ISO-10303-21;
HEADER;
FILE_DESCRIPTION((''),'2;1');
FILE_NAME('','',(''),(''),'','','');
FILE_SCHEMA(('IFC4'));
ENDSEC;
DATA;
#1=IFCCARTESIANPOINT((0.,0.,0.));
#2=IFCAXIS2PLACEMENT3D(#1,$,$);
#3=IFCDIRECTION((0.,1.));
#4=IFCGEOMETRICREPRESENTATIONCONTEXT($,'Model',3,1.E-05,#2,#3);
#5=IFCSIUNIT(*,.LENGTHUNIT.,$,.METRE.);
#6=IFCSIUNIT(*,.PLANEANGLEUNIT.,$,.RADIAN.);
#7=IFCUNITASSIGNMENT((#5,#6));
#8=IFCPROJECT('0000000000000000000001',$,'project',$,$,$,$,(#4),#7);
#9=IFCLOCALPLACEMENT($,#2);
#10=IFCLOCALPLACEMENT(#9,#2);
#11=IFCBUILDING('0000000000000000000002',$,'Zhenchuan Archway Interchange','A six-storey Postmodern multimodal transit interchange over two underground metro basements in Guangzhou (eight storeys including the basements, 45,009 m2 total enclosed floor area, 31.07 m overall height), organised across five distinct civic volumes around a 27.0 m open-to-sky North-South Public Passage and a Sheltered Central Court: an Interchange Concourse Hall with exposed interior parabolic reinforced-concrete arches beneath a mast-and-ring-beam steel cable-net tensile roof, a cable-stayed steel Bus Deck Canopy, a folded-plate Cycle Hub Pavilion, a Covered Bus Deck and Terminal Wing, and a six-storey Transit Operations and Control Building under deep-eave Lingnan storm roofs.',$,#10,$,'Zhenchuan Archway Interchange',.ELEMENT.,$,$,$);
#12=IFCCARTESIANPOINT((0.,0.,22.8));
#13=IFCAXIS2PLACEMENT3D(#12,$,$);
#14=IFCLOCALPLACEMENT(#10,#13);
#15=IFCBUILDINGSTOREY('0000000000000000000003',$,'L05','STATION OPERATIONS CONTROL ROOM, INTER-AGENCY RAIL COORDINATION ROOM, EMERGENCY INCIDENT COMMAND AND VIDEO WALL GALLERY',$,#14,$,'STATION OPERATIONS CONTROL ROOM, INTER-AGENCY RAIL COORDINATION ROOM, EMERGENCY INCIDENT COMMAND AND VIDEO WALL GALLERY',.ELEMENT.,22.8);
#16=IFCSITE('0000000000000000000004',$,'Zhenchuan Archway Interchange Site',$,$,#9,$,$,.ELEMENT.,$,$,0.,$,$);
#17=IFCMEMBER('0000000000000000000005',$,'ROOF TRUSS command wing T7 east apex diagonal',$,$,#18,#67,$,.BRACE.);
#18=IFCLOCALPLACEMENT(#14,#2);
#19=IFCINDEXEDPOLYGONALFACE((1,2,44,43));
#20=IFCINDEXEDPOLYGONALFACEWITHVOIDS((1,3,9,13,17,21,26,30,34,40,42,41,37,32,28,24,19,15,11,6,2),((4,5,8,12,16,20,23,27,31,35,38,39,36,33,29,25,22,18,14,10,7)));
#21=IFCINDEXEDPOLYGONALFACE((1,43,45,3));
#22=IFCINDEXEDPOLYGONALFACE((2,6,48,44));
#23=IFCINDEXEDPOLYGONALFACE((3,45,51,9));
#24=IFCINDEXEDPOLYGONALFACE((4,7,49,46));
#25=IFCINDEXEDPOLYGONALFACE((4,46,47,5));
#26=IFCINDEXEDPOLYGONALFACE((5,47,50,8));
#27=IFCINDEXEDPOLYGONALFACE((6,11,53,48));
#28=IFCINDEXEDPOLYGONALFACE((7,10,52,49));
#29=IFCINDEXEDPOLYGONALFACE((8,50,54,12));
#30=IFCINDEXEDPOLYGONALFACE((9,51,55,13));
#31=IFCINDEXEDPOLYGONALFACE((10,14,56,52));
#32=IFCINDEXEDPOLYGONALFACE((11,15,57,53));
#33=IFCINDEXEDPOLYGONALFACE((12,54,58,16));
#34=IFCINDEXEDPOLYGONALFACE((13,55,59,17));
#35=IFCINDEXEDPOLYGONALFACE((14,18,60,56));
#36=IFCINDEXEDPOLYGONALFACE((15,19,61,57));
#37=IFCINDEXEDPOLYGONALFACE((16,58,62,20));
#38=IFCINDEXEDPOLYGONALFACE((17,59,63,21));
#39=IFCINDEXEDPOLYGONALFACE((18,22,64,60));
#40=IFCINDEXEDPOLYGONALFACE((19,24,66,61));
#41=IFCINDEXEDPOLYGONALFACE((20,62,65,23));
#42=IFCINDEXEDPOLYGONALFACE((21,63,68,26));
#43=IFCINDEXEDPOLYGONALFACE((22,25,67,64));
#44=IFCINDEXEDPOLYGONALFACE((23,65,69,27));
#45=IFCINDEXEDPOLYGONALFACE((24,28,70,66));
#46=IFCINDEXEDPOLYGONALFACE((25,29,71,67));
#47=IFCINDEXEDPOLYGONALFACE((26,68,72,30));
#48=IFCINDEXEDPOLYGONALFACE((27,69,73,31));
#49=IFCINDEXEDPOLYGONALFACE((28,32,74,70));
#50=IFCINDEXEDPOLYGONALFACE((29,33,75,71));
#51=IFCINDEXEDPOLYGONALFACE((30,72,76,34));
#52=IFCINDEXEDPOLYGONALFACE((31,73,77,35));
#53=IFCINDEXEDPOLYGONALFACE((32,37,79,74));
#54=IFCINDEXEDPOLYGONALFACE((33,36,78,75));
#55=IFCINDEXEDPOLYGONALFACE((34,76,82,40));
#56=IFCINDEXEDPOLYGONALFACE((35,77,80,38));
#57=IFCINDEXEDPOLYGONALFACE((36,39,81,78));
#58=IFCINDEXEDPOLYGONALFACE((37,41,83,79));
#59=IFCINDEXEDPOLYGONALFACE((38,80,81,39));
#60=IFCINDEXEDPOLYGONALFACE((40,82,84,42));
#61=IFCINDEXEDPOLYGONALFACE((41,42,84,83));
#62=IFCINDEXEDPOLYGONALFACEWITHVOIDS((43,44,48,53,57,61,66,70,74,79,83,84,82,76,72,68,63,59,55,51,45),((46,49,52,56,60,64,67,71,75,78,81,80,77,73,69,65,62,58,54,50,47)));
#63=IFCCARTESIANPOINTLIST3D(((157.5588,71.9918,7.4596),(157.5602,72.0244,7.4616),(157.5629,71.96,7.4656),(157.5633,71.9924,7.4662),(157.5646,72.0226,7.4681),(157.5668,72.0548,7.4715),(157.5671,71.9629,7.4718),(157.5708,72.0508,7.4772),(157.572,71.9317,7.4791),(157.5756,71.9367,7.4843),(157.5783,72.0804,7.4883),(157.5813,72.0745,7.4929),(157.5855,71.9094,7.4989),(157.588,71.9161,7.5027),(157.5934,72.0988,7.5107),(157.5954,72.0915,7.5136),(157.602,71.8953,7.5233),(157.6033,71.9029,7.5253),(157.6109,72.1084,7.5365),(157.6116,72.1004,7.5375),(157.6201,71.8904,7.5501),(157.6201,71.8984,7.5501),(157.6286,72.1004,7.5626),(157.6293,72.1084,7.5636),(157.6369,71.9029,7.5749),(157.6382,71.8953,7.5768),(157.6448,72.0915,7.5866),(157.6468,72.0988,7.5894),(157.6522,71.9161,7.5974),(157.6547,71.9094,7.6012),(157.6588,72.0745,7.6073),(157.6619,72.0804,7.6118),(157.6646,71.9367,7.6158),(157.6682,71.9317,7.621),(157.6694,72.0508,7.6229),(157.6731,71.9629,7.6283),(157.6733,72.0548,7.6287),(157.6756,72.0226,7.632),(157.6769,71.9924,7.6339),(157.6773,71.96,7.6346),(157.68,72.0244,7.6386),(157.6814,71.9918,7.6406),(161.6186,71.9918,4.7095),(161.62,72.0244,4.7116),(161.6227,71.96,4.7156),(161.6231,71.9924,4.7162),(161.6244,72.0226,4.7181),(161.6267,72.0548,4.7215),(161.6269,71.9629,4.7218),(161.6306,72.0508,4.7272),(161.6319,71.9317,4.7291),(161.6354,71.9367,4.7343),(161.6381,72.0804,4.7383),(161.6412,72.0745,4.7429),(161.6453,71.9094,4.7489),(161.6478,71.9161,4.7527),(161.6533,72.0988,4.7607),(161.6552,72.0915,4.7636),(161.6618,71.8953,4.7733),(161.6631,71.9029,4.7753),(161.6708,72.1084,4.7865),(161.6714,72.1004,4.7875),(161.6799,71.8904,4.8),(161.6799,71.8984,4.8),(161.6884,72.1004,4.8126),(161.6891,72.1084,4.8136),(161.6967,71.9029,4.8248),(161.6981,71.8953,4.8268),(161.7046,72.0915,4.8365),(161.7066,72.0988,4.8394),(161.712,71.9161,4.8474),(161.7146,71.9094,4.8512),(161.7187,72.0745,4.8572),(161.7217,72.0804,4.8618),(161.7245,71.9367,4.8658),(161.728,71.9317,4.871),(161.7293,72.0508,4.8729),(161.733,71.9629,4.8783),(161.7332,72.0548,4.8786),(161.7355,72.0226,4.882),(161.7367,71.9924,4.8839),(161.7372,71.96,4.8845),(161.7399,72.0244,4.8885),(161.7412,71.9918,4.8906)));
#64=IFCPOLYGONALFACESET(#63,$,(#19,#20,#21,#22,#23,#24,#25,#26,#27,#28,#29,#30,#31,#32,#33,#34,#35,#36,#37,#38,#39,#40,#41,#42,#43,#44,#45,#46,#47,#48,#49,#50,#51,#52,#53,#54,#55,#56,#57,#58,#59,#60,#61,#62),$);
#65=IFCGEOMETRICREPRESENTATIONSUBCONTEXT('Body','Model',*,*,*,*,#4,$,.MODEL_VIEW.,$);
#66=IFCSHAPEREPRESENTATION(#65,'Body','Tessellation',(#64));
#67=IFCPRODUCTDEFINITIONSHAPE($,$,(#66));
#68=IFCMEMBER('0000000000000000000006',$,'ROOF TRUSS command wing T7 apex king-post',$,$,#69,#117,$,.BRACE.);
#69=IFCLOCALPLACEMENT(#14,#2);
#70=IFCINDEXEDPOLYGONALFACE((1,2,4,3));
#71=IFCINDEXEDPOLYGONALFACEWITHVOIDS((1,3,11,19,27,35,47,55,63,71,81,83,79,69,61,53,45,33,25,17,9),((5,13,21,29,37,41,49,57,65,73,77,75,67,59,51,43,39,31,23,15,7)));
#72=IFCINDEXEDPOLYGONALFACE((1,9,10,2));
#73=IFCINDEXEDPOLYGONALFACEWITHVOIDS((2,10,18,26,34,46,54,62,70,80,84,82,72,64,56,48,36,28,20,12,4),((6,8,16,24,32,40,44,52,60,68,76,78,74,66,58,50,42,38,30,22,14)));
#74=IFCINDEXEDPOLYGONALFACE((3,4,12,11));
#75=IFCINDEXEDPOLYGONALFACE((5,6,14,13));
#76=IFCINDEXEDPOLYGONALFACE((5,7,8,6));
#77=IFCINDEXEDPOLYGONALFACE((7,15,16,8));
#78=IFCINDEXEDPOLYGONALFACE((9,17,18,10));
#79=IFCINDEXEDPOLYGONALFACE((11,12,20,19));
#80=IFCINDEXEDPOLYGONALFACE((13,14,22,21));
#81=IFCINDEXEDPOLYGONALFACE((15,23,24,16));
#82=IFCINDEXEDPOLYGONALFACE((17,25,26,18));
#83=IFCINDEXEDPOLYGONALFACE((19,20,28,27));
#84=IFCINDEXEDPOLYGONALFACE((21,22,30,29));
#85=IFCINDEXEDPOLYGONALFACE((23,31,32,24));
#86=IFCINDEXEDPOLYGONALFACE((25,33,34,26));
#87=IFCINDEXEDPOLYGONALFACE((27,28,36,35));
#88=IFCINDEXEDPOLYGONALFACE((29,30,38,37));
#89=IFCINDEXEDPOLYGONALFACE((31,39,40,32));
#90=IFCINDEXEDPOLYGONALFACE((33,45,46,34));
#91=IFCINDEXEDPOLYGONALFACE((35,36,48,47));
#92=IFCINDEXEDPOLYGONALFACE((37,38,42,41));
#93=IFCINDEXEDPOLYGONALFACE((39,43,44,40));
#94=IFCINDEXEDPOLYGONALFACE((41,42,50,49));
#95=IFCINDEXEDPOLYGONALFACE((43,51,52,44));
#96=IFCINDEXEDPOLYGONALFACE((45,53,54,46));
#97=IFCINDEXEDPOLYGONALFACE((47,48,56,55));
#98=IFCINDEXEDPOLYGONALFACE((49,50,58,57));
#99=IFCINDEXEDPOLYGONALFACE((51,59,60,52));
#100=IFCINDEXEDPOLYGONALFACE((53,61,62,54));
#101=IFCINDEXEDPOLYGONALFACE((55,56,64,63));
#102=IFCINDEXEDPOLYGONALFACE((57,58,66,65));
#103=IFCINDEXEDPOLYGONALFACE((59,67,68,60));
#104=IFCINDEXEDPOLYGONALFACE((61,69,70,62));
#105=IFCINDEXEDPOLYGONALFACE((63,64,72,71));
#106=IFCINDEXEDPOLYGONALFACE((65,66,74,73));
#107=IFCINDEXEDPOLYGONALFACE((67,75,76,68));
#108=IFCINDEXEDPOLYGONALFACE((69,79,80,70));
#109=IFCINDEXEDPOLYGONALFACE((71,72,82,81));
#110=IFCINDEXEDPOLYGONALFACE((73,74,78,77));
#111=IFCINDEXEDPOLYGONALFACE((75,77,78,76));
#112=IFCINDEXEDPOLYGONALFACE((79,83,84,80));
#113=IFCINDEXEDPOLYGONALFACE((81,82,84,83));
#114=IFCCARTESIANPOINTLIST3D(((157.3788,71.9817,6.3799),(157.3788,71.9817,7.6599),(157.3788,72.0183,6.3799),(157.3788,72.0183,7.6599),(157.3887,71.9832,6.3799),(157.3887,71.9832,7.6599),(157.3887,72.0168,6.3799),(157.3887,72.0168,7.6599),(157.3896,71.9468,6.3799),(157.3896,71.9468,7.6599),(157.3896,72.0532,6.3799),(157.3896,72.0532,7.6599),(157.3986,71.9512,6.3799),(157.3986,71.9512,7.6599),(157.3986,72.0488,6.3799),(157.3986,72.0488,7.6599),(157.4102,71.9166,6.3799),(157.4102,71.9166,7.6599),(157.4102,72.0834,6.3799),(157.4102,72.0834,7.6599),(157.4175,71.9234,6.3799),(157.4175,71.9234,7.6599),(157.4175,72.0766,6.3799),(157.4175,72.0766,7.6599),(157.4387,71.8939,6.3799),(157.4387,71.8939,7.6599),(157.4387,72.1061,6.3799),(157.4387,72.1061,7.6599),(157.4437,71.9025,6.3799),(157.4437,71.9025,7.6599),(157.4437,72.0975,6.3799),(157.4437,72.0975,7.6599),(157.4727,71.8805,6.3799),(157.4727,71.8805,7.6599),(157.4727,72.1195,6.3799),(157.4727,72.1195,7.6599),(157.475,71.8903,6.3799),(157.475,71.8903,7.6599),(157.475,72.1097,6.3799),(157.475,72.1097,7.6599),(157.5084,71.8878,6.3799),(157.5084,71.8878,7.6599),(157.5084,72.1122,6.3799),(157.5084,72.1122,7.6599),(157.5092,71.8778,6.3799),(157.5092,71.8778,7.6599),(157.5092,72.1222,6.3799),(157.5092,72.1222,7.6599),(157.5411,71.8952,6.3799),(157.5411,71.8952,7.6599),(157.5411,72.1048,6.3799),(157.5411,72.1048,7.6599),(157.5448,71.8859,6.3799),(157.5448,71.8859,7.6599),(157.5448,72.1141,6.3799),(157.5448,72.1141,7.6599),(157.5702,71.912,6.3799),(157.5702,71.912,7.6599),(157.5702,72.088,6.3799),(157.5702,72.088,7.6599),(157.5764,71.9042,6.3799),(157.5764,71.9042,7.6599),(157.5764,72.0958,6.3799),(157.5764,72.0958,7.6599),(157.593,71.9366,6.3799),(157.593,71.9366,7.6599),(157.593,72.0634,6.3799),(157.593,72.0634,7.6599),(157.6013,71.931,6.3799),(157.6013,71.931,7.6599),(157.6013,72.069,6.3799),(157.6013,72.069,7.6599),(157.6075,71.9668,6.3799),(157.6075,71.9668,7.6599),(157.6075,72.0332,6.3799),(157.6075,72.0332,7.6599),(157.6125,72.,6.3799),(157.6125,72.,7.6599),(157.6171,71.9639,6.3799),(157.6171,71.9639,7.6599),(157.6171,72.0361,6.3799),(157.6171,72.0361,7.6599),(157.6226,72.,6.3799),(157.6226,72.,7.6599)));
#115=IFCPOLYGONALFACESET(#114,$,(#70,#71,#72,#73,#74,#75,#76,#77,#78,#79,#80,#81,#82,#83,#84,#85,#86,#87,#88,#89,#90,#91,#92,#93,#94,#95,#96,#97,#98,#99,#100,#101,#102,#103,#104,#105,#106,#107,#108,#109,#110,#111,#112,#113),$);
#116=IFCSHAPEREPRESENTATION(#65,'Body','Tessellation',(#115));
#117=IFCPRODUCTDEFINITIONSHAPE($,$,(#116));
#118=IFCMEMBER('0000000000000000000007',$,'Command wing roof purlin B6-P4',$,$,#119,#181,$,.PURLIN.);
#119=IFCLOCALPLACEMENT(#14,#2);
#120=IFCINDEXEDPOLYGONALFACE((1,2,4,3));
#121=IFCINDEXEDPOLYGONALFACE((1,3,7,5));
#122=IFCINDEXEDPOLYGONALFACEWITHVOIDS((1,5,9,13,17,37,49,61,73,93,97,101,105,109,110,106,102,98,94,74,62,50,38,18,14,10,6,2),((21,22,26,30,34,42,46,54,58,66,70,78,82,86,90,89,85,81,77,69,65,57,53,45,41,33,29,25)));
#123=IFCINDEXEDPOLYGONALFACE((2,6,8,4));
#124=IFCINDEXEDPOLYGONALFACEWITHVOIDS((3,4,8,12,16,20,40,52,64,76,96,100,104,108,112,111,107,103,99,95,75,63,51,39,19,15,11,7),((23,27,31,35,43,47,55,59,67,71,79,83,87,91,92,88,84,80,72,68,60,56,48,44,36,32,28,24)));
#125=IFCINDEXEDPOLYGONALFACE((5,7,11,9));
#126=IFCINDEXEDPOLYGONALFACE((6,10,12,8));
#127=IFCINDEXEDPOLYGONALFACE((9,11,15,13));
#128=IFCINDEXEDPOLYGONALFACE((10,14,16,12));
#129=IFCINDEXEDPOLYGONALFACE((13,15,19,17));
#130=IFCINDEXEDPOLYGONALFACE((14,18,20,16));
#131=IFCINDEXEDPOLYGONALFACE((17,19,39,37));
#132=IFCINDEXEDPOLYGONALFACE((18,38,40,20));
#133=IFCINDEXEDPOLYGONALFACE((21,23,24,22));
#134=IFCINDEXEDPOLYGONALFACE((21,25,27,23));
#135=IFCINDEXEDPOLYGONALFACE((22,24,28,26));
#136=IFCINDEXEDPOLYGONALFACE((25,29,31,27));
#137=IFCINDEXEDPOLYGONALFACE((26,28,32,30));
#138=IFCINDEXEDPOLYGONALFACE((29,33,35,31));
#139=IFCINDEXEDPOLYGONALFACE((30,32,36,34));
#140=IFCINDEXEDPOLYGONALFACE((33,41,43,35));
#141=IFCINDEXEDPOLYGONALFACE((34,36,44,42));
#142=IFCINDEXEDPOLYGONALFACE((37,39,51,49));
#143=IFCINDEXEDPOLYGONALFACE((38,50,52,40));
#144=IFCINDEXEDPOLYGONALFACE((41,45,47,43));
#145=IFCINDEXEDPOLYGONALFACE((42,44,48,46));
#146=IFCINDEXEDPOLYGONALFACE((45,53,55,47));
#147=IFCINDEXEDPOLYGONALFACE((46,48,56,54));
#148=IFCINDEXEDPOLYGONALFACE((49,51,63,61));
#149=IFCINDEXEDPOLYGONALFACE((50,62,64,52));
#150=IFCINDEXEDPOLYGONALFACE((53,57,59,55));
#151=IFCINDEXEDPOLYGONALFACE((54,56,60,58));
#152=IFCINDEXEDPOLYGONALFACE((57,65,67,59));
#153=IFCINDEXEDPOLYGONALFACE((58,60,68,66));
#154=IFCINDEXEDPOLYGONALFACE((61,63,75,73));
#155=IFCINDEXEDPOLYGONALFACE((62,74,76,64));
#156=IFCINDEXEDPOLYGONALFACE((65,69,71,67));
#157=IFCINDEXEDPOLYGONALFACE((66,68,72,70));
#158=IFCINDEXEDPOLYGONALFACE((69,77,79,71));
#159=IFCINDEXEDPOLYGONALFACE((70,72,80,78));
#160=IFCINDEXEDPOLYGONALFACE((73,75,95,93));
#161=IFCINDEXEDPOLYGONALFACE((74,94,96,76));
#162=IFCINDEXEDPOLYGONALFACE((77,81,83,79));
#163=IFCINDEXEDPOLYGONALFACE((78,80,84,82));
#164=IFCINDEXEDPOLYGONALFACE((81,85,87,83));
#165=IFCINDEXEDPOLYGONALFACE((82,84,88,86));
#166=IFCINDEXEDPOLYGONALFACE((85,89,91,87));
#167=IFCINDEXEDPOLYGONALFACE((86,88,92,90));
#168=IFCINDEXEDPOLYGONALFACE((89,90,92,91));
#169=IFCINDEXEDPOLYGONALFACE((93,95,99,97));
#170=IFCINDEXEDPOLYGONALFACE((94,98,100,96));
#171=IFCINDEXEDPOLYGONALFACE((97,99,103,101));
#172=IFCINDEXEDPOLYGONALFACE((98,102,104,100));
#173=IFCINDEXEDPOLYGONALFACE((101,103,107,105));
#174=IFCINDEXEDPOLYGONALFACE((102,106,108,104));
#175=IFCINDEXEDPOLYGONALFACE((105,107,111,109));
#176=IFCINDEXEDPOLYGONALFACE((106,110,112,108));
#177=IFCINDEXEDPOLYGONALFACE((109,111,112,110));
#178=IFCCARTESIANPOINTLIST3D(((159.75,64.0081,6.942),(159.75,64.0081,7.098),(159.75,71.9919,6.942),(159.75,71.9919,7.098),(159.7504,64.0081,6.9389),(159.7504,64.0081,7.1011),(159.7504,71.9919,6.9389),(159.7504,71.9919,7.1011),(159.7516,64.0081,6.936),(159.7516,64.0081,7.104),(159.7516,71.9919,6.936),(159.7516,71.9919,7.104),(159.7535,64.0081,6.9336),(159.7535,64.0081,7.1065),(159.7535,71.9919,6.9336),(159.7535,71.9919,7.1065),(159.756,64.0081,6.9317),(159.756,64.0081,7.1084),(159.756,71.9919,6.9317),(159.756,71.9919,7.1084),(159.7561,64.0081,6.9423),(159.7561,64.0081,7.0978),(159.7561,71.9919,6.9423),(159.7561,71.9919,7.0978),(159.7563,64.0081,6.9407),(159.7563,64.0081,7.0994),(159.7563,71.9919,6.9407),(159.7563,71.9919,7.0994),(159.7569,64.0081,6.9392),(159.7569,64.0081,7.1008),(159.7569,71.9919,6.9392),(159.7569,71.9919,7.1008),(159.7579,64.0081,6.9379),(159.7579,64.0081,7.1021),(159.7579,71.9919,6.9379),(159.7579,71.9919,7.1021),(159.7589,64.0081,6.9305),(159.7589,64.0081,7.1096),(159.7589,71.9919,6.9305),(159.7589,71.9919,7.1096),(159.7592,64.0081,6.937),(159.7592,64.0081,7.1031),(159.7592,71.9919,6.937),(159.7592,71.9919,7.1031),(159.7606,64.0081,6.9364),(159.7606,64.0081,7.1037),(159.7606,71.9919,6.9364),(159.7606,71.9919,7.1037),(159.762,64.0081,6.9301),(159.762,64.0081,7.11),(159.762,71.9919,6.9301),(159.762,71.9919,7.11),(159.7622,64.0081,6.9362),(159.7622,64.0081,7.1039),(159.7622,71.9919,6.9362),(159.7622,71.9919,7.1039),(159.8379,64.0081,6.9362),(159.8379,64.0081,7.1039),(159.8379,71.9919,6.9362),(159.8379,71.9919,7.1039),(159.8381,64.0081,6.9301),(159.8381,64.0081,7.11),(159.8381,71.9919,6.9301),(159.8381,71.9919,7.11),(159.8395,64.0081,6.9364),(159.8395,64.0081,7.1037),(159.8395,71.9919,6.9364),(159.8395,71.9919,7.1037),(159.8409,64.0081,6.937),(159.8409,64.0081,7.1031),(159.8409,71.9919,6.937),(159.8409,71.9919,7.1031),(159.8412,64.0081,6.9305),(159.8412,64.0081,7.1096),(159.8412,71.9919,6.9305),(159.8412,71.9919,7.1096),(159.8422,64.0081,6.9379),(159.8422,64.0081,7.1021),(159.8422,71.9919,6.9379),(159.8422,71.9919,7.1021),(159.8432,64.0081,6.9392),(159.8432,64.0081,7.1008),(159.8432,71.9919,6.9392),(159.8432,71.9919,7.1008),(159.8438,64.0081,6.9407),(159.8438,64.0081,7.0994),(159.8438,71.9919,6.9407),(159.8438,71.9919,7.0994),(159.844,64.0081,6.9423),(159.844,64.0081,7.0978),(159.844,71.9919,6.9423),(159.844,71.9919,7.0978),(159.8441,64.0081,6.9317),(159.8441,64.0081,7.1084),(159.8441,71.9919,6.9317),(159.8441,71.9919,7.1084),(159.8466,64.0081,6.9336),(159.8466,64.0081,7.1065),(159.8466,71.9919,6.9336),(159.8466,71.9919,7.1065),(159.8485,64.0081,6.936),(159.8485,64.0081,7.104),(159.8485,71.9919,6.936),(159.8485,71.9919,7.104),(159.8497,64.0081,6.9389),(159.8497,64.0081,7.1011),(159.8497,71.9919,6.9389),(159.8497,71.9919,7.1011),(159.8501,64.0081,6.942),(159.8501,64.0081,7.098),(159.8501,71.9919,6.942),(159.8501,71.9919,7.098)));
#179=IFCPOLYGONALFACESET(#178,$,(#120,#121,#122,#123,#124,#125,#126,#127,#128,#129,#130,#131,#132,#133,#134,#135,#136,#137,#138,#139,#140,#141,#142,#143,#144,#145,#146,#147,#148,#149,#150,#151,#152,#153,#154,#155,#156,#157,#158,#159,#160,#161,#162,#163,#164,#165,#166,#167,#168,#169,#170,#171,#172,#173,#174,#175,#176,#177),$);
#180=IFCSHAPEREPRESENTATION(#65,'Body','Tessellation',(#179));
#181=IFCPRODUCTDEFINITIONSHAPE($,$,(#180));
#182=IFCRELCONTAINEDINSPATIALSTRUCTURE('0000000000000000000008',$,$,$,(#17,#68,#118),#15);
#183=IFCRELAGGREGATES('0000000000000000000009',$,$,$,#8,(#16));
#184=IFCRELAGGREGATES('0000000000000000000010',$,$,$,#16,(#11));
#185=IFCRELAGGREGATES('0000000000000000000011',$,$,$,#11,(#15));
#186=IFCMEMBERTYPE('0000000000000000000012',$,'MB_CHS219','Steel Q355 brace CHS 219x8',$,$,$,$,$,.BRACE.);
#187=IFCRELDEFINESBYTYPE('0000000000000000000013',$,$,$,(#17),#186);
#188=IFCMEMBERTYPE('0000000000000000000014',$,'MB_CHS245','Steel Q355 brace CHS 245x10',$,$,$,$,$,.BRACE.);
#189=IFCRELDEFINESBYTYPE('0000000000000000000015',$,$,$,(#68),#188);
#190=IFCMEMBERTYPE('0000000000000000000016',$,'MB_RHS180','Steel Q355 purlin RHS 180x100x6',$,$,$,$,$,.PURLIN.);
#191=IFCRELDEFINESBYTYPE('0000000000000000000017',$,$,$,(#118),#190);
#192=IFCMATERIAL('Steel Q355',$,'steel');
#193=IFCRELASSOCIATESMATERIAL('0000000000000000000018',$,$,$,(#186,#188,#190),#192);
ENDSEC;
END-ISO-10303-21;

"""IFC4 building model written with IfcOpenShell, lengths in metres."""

from ifc_helpers import new_model, si_unit, direction, frame, origin, origin_2d, place, context, subcontext, project, spatial, hollow_rectangle, hollow_circle, extrude, material, material_profile, profile_set, type_object, element, save


model = new_model("IFC4")

# Units and contexts
model_context = context("Model", 3, precision=1e-05, world=origin(), true_north=direction((0.0, 1.0)))
body_context = subcontext(model_context, "Body", "Model", "MODEL_VIEW")
ifc_project = project(units=[si_unit("LENGTHUNIT", "METRE"), si_unit("PLANEANGLEUNIT", "RADIAN")], contexts=[model_context])

# Site, building, storey
site_placement = place(None, origin())
site = spatial("IfcSite", under=ifc_project, at=site_placement, Name="Zhenchuan Archway Interchange Site", CompositionType="ELEMENT", RefElevation=0.0)
building_placement = place(site_placement, origin())
building = spatial("IfcBuilding", under=site, at=building_placement, Name="Zhenchuan Archway Interchange", Description="A six-storey Postmodern multimodal transit interchange over two underground metro basements in Guangzhou (eight storeys including the basements, 45,009 m2 total enclosed floor area, 31.07 m overall height), organised across five distinct civic volumes around a 27.0 m open-to-sky North-South Public Passage and a Sheltered Central Court: an Interchange Concourse Hall with exposed interior parabolic reinforced-concrete arches beneath a mast-and-ring-beam steel cable-net tensile roof, a cable-stayed steel Bus Deck Canopy, a folded-plate Cycle Hub Pavilion, a Covered Bus Deck and Terminal Wing, and a six-storey Transit Operations and Control Building under deep-eave Lingnan storm roofs.", LongName="Zhenchuan Archway Interchange", CompositionType="ELEMENT")
storey_placement = place(building_placement, frame((0.0, 0.0, 22.8)))
storey = spatial("IfcBuildingStorey", under=building, at=storey_placement, Name="L05", Description="STATION OPERATIONS CONTROL ROOM, INTER-AGENCY RAIL COORDINATION ROOM, EMERGENCY INCIDENT COMMAND AND VIDEO WALL GALLERY", LongName="STATION OPERATIONS CONTROL ROOM, INTER-AGENCY RAIL COORDINATION ROOM, EMERGENCY INCIDENT COMMAND AND VIDEO WALL GALLERY", CompositionType="ELEMENT", Elevation=22.8)

# Shared definitions
ifc_material_1 = material(Name="Steel Q355", Category="steel")

# Members
ifc_material_profile_1 = material_profile(ifc_material_1, hollow_circle(Radius=0.1096, WallThickness=0.0081, at=origin_2d()), Name="CHS 219x8")
ifc_profile_set_1 = profile_set([ifc_material_profile_1], Name="Steel Q355")
member_type_1 = type_object("IfcMemberType", Name="MB_CHS219", Description="Steel Q355 brace CHS 219x8", PredefinedType="BRACE", material=ifc_profile_set_1)
member_1_placement = place(storey_placement, frame((161.6799, 72.0, 4.8), z_axis=(-0.827937, 0.0, 0.560821), x_axis=(0.0, -1.0, 0.0)))
element("IfcMember", 1, at=member_1_placement, inside=storey, type_object=member_type_1, Name="ROOF TRUSS command wing T7 east apex diagonal", PredefinedType="BRACE", context=body_context, shape_type="SweptSolid", body=[
    extrude(hollow_circle(Radius=0.1096, WallThickness=0.0081, at=origin_2d()), origin(), (0.0, 0.0, 1.0), 4.9036),
])
ifc_material_profile_2 = material_profile(ifc_material_1, hollow_circle(Radius=0.1226, WallThickness=0.01, at=origin_2d()), Name="CHS 245x10")
ifc_profile_set_2 = profile_set([ifc_material_profile_2], Name="Steel Q355")
member_type_2 = type_object("IfcMemberType", Name="MB_CHS245", Description="Steel Q355 brace CHS 245x10", PredefinedType="BRACE", material=ifc_profile_set_2)
member_2_placement = place(storey_placement, frame((157.5, 72.0, 6.3799), z_axis=(0.0, 0.0, 1.0), x_axis=(1.0, 0.0, 0.0)))
element("IfcMember", 2, at=member_2_placement, inside=storey, type_object=member_type_2, Name="ROOF TRUSS command wing T7 apex king-post", PredefinedType="BRACE", context=body_context, shape_type="SweptSolid", body=[
    extrude(hollow_circle(Radius=0.1226, WallThickness=0.01, at=origin_2d()), origin(), (0.0, 0.0, 1.0), 1.28),
])
ifc_material_profile_3 = material_profile(ifc_material_1, hollow_rectangle(XDim=0.1001, YDim=0.1799, WallThickness=0.0061, InnerFilletRadius=0.0061, OuterFilletRadius=0.012, at=origin_2d()), Name="RHS 180x100x6")
ifc_profile_set_3 = profile_set([ifc_material_profile_3], Name="Steel Q355")
member_type_3 = type_object("IfcMemberType", Name="MB_RHS180", Description="Steel Q355 purlin RHS 180x100x6", PredefinedType="PURLIN", material=ifc_profile_set_3)
for number, where, z_axis, x_axis, name in (
    (3, (159.8, 64.0081, 7.02), (0.0, 1.0, 0.0), (-1.0, 0.0, 0.0), "Command wing roof purlin B6-P4"),
):
    element("IfcMember", number, at=place(storey_placement, frame(where, z_axis=z_axis, x_axis=x_axis)), inside=storey, type_object=member_type_3, Name=name, PredefinedType="PURLIN", context=body_context, shape_type="SweptSolid", body=[
        extrude(hollow_rectangle(XDim=0.1001, YDim=0.1799, WallThickness=0.0061, InnerFilletRadius=0.0061, OuterFilletRadius=0.012, at=origin_2d()), origin(), (0.0, 0.0, 1.0), 7.9839),
    ])

save(model, "model.ifc")
